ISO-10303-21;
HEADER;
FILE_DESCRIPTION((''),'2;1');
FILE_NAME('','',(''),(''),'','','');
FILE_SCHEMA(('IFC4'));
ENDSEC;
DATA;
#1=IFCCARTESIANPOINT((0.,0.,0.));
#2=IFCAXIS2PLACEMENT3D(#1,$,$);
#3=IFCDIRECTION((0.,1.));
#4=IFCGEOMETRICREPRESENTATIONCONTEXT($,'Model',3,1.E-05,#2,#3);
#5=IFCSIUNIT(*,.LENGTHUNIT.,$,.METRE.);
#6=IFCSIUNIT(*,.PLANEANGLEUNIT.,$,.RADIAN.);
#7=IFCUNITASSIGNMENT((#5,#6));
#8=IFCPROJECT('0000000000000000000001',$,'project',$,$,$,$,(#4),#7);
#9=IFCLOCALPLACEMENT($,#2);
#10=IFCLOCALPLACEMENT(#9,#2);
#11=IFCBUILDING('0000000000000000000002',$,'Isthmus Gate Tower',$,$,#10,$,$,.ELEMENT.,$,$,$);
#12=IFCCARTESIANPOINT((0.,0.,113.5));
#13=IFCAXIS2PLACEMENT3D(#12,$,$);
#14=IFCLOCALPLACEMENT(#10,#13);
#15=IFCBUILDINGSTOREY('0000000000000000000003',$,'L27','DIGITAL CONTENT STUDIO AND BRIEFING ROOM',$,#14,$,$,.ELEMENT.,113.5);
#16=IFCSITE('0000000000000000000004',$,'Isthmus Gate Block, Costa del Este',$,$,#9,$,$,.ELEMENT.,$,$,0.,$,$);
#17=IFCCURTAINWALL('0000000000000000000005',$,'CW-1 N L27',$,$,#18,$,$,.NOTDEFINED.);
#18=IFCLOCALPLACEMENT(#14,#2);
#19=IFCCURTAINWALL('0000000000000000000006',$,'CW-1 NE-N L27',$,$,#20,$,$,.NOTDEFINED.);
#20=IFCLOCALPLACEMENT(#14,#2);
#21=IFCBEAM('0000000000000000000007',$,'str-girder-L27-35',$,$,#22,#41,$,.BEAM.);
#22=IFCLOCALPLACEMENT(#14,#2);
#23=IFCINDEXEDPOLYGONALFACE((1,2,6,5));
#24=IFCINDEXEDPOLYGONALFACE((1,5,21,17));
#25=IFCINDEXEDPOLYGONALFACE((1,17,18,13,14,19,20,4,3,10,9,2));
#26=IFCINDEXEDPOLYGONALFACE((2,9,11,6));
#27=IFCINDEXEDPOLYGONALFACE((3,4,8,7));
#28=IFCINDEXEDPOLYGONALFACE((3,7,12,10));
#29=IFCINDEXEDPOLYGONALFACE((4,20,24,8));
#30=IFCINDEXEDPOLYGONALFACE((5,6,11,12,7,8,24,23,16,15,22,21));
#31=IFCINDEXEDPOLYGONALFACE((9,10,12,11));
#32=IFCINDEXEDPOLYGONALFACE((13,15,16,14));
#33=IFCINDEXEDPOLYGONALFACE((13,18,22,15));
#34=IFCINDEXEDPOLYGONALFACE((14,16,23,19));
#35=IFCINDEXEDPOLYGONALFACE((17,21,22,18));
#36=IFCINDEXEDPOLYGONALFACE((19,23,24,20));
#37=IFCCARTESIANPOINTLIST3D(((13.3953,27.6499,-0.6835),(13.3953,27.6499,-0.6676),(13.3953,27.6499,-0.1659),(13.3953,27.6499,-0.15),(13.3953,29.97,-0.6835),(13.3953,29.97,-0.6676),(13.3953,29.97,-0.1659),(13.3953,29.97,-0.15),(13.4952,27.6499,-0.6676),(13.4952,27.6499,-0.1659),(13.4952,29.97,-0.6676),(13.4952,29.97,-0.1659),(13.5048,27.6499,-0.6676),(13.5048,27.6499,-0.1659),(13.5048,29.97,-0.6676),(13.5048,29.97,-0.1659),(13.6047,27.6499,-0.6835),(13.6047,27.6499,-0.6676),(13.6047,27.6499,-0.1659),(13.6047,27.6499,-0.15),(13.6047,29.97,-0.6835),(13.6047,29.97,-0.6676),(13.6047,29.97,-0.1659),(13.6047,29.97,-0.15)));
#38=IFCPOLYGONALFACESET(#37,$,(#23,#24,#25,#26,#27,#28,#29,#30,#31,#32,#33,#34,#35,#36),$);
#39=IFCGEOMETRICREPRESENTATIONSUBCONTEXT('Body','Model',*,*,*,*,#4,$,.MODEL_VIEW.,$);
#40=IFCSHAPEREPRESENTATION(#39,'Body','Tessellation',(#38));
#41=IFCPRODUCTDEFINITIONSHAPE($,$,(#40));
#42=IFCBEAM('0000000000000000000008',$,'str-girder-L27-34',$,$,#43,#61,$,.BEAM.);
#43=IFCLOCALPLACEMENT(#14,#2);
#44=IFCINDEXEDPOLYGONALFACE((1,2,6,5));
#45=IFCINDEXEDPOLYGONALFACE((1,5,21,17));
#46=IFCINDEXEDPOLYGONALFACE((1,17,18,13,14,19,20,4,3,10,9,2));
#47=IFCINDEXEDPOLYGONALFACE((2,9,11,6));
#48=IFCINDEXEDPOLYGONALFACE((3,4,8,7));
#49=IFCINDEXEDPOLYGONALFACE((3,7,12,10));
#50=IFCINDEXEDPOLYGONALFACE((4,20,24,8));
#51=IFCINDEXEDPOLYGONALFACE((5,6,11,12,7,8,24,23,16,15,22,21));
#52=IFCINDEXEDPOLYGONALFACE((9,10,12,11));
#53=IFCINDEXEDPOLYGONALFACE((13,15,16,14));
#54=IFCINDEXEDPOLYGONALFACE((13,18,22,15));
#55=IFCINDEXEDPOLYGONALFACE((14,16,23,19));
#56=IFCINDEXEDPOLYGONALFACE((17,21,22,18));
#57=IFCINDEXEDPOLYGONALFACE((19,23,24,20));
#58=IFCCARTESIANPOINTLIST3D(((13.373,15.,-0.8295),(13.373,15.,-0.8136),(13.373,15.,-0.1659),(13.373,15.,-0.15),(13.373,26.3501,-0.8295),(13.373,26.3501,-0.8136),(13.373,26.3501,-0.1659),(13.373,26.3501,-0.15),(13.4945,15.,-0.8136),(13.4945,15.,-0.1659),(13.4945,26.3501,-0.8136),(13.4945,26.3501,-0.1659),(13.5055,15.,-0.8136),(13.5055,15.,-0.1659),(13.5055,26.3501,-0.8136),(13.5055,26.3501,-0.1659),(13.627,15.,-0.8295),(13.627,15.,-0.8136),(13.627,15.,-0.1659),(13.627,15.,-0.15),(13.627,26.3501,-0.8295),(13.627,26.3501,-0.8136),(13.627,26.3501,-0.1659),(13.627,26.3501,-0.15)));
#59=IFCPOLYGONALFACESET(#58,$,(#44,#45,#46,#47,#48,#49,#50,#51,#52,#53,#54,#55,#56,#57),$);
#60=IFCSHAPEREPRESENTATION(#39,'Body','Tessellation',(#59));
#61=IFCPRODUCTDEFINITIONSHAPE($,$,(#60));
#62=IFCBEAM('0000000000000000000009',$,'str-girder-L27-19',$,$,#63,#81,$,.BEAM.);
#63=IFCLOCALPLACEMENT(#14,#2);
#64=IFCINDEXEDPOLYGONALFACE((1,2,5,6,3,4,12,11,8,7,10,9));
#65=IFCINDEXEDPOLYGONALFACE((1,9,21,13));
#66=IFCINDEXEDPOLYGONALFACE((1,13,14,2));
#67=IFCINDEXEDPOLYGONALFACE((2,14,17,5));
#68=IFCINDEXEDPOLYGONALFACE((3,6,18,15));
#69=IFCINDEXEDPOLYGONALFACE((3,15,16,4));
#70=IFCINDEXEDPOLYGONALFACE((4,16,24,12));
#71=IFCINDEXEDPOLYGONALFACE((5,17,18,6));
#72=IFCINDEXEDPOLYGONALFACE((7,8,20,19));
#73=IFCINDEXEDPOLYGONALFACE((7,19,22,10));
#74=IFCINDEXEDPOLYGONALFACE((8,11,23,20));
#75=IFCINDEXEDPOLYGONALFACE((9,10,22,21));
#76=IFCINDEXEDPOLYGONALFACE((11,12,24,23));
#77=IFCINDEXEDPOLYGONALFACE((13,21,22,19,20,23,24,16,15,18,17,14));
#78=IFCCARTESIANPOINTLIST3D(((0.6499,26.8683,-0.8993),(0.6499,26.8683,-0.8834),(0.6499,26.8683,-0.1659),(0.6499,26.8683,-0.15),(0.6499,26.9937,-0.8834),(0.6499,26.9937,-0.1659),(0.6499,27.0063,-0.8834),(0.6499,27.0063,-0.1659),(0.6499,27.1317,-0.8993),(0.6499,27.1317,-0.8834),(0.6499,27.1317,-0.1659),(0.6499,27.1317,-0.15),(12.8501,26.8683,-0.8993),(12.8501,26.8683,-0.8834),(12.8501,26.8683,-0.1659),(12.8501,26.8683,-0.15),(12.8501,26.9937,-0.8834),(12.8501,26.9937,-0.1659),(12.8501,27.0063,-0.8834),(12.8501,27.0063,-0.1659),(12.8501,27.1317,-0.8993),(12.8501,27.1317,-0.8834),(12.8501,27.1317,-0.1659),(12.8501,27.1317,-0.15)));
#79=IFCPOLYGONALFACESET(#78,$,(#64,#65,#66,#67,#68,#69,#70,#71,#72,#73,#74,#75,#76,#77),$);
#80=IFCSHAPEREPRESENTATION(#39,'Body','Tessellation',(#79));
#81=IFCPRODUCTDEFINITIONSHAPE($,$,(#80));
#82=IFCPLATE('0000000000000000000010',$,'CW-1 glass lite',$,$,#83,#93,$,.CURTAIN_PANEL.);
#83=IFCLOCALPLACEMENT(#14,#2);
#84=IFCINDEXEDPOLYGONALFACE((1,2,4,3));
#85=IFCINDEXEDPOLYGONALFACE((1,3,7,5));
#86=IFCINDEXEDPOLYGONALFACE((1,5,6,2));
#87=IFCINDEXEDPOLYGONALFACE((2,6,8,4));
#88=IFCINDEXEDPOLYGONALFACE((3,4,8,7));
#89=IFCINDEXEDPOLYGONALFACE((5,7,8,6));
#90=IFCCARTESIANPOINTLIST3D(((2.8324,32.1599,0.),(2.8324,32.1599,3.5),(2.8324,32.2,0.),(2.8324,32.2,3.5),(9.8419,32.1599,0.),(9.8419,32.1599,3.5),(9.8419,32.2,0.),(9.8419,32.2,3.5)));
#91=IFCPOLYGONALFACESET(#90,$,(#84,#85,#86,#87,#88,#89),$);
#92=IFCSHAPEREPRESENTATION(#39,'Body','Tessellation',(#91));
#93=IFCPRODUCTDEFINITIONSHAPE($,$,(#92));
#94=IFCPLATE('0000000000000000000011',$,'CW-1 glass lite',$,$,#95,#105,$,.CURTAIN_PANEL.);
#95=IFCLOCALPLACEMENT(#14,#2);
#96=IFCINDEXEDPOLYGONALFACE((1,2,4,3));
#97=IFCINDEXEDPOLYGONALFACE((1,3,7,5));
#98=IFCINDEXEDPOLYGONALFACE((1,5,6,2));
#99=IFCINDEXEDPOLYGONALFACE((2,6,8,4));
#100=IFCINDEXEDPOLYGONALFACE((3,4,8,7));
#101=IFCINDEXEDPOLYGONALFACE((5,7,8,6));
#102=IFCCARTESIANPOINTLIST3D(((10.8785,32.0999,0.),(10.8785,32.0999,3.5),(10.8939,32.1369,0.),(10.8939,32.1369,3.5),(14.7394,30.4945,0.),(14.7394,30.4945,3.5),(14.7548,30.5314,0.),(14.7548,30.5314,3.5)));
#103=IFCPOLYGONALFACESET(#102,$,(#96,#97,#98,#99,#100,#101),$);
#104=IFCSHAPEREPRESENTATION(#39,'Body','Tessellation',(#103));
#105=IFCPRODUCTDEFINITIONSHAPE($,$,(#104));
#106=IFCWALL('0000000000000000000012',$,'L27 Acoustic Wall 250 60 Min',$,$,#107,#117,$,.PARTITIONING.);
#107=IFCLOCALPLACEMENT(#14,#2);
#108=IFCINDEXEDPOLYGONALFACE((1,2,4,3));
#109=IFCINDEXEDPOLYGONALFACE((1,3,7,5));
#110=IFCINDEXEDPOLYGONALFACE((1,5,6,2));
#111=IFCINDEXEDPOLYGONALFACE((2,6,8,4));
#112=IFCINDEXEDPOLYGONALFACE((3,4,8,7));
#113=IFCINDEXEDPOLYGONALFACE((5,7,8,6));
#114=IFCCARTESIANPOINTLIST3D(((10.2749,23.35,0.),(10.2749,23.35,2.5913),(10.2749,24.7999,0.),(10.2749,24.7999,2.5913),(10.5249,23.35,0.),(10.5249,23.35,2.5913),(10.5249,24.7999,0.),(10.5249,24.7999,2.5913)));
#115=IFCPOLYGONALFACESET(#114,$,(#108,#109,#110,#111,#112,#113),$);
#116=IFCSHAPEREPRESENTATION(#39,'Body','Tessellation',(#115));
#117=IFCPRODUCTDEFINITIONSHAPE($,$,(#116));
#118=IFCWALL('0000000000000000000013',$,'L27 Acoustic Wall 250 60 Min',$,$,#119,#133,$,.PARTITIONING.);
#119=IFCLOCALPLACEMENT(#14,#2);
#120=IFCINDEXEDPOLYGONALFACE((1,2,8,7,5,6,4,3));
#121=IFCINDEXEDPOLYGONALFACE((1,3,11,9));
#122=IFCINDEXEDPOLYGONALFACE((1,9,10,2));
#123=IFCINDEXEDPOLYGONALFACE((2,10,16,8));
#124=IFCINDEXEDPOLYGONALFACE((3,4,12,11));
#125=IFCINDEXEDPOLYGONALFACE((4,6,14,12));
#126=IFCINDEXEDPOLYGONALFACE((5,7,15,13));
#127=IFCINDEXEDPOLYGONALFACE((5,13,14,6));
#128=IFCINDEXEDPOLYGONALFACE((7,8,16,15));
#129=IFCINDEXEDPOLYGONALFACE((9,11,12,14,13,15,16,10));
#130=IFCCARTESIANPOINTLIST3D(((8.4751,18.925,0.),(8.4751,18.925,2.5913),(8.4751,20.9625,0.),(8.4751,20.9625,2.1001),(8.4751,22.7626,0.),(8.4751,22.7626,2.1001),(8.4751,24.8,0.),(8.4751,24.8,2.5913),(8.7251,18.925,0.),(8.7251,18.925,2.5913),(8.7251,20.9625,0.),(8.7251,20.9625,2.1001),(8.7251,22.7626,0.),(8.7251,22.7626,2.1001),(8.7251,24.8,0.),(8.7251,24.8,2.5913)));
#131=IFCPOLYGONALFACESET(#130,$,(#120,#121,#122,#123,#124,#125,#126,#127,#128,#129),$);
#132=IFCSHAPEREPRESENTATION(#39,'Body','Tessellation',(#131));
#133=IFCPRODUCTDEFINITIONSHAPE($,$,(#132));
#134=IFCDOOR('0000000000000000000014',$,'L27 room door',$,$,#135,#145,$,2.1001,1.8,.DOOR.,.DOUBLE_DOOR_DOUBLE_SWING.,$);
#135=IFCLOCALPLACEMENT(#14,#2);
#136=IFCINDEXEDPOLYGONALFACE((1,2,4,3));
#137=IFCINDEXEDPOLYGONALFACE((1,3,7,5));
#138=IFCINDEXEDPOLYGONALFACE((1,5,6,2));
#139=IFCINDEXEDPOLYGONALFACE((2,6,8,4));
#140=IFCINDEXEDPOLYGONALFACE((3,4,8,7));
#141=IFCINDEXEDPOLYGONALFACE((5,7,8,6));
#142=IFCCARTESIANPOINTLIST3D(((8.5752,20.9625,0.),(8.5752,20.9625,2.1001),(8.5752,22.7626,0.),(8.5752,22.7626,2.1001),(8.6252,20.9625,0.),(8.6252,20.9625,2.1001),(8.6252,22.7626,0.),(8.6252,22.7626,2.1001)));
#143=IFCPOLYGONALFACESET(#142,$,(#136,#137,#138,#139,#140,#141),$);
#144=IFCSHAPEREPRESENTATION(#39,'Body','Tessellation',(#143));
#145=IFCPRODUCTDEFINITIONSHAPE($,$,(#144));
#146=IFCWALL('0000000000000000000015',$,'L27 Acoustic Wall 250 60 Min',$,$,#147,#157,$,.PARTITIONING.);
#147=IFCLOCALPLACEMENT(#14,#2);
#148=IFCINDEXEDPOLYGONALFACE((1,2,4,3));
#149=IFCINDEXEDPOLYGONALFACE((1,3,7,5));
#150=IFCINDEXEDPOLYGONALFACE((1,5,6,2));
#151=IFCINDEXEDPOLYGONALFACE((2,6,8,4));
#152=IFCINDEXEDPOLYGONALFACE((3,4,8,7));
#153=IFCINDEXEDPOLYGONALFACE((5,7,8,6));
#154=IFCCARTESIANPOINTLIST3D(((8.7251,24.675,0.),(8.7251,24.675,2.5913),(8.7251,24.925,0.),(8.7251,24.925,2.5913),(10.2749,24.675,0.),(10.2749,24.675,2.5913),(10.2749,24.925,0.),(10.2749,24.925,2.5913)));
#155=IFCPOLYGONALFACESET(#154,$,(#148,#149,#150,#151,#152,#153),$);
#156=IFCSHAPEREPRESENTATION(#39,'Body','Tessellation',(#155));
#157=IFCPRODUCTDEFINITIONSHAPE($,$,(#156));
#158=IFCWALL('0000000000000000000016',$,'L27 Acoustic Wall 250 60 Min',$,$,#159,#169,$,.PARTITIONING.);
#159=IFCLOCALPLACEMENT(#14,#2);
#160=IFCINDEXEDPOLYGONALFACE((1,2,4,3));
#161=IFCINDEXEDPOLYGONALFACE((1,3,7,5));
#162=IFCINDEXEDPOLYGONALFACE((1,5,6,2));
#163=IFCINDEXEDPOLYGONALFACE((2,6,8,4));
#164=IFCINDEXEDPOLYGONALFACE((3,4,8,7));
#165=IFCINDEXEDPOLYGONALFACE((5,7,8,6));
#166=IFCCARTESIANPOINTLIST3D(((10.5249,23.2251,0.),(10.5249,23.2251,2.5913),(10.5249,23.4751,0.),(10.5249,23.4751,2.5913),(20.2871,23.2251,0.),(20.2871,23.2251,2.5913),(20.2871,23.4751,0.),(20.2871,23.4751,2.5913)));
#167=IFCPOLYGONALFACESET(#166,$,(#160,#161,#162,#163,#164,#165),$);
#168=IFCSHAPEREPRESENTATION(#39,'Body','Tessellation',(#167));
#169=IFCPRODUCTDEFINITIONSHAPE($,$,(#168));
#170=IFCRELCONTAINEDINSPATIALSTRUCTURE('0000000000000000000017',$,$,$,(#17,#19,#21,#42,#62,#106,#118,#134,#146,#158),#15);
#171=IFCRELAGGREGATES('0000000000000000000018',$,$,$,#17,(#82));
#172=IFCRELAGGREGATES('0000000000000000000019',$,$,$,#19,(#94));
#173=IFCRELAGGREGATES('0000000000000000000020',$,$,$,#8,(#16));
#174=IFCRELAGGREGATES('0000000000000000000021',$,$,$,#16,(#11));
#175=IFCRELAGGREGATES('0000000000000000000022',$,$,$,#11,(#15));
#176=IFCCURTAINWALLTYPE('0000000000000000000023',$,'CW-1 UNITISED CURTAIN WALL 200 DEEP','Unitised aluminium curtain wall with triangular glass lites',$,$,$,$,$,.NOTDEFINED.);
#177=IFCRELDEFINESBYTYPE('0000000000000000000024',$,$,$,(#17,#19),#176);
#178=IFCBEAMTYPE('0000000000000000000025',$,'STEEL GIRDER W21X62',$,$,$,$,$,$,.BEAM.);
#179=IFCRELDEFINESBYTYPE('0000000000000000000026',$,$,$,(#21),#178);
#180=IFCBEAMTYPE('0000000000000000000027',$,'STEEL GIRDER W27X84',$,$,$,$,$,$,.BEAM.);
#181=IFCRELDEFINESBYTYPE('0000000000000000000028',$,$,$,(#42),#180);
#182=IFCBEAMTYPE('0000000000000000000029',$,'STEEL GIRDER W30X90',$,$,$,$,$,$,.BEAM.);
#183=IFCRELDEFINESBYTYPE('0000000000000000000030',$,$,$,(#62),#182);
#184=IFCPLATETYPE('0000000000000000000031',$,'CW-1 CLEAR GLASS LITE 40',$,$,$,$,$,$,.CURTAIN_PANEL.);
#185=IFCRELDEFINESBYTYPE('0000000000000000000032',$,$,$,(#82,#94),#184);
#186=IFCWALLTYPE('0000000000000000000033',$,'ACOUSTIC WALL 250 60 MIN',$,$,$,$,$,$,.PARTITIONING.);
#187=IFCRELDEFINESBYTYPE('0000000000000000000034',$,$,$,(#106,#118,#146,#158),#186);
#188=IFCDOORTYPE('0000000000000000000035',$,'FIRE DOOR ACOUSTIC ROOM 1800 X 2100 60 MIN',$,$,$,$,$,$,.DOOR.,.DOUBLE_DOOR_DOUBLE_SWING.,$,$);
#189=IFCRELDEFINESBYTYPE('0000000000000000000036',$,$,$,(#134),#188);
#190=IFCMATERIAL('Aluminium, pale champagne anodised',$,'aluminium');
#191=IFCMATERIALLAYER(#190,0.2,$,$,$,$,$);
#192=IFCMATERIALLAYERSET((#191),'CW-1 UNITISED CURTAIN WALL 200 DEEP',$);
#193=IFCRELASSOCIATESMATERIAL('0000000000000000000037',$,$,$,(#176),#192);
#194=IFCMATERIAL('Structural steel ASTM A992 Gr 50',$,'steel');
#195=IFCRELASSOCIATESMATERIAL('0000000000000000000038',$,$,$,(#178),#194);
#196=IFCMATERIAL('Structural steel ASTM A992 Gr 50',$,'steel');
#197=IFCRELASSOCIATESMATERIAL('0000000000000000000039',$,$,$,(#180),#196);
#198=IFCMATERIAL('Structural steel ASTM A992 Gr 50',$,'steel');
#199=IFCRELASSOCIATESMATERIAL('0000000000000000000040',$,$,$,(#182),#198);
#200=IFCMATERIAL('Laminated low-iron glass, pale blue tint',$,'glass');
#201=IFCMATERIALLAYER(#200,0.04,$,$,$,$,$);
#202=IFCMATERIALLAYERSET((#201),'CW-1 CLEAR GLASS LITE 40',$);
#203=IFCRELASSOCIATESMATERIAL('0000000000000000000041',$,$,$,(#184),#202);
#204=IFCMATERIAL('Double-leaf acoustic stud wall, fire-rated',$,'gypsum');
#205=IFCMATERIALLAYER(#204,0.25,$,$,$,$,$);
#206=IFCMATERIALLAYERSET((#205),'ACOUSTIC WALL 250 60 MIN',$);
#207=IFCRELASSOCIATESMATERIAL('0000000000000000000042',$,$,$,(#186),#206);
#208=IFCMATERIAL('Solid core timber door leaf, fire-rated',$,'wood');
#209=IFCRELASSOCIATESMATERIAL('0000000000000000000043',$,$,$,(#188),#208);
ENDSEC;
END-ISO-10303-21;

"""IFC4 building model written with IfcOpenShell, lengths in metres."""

from ifc_helpers import new_model, si_unit, direction, frame, frame_2d, origin, origin_2d, place, context, subcontext, project, spatial, rectangle, i_section, extrude, material, layer, layer_set, material_profile, profile_set, type_object, element, fill, aggregate, save


model = new_model("IFC4")

# Units and contexts
model_context = context("Model", 3, precision=1e-05, world=origin(), true_north=direction((0.0, 1.0)))
body_context = subcontext(model_context, "Body", "Model", "MODEL_VIEW")
ifc_project = project(units=[si_unit("LENGTHUNIT", "METRE"), si_unit("PLANEANGLEUNIT", "RADIAN")], contexts=[model_context])

# Site, building, storey
site_placement = place(None, origin())
site = spatial("IfcSite", under=ifc_project, at=site_placement, Name="Isthmus Gate Block, Costa del Este", CompositionType="ELEMENT", RefElevation=0.0)
building_placement = place(site_placement, origin())
building = spatial("IfcBuilding", under=site, at=building_placement, Name="Isthmus Gate Tower", CompositionType="ELEMENT")
storey_placement = place(building_placement, frame((0.0, 0.0, 113.5)))
storey = spatial("IfcBuildingStorey", under=building, at=storey_placement, Name="L27", Description="DIGITAL CONTENT STUDIO AND BRIEFING ROOM", CompositionType="ELEMENT", Elevation=113.5)

# Curtain walls
ifc_material_1 = material(Name="Aluminium, pale champagne anodised", Category="aluminium")
ifc_layer_1 = layer(ifc_material_1, 0.2)
ifc_layer_set_1 = layer_set([ifc_layer_1], Name="CW-1 UNITISED CURTAIN WALL 200 DEEP")
curtain_wall_type = type_object("IfcCurtainWallType", Name="CW-1 UNITISED CURTAIN WALL 200 DEEP", Description="Unitised aluminium curtain wall with triangular glass lites", PredefinedType="NOTDEFINED", material=ifc_layer_set_1)
curtain_wall_1_placement = place(storey_placement, origin())
curtain_wall_1 = element("IfcCurtainWall", 1, at=curtain_wall_1_placement, inside=storey, type_object=curtain_wall_type, Name="CW-1 N L27", PredefinedType="NOTDEFINED")
curtain_wall_2_placement = place(storey_placement, origin())
curtain_wall_2 = element("IfcCurtainWall", 2, at=curtain_wall_2_placement, inside=storey, type_object=curtain_wall_type, Name="CW-1 NE-N L27", PredefinedType="NOTDEFINED")

# Beams
ifc_material_2 = material(Name="Structural steel ASTM A992 Gr 50", Category="steel")
ifc_material_profile_1 = material_profile(ifc_material_2, i_section(OverallWidth=0.2095, OverallDepth=0.5334, WebThickness=0.0095, FlangeThickness=0.0159, at=origin_2d()), Name="W21X62")
ifc_profile_set_1 = profile_set([ifc_material_profile_1], Name="Structural steel ASTM A992 Gr 50")
beam_type_1 = type_object("IfcBeamType", Name="STEEL GIRDER W21X62", PredefinedType="BEAM", material=ifc_profile_set_1)
beam_1_placement = place(storey_placement, frame((13.5, 27.6499, -0.4167), z_axis=(0.0, 1.0, 0.0), x_axis=(-1.0, 0.0, 0.0)))
element("IfcBeam", 3, at=beam_1_placement, inside=storey, type_object=beam_type_1, Name="str-girder-L27-35", PredefinedType="BEAM", context=body_context, shape_type="SweptSolid", body=[
    extrude(i_section(OverallWidth=0.2095, OverallDepth=0.5334, WebThickness=0.0095, FlangeThickness=0.0159, at=origin_2d()), origin(), (0.0, 0.0, 1.0), 2.3201),
])
ifc_material_3 = material(Name="Structural steel ASTM A992 Gr 50", Category="steel")
ifc_material_profile_2 = material_profile(ifc_material_3, i_section(OverallWidth=0.2539, OverallDepth=0.6794, WebThickness=0.011, FlangeThickness=0.0159, at=origin_2d()), Name="W27X84")
ifc_profile_set_2 = profile_set([ifc_material_profile_2], Name="Structural steel ASTM A992 Gr 50")
beam_type_2 = type_object("IfcBeamType", Name="STEEL GIRDER W27X84", PredefinedType="BEAM", material=ifc_profile_set_2)
beam_2_placement = place(storey_placement, frame((13.5, 15.0, -0.4897), z_axis=(0.0, 1.0, 0.0), x_axis=(-1.0, 0.0, 0.0)))
element("IfcBeam", 4, at=beam_2_placement, inside=storey, type_object=beam_type_2, Name="str-girder-L27-34", PredefinedType="BEAM", context=body_context, shape_type="SweptSolid", body=[
    extrude(i_section(OverallWidth=0.2539, OverallDepth=0.6794, WebThickness=0.011, FlangeThickness=0.0159, at=origin_2d()), origin(), (0.0, 0.0, 1.0), 11.3501),
])
ifc_material_4 = material(Name="Structural steel ASTM A992 Gr 50", Category="steel")
ifc_material_profile_3 = material_profile(ifc_material_4, i_section(OverallWidth=0.2634, OverallDepth=0.7493, WebThickness=0.0127, FlangeThickness=0.0159, at=origin_2d()), Name="W30X90")
ifc_profile_set_3 = profile_set([ifc_material_profile_3], Name="Structural steel ASTM A992 Gr 50")
beam_type_3 = type_object("IfcBeamType", Name="STEEL GIRDER W30X90", PredefinedType="BEAM", material=ifc_profile_set_3)
beam_3_placement = place(storey_placement, frame((0.6499, 27.0, -0.5247), z_axis=(1.0, 0.0, 0.0), x_axis=(0.0, 1.0, 0.0)))
element("IfcBeam", 5, at=beam_3_placement, inside=storey, type_object=beam_type_3, Name="str-girder-L27-19", PredefinedType="BEAM", context=body_context, shape_type="SweptSolid", body=[
    extrude(i_section(OverallWidth=0.2634, OverallDepth=0.7493, WebThickness=0.0127, FlangeThickness=0.0159, at=origin_2d()), origin(), (0.0, 0.0, 1.0), 12.2002),
])

# Plates
ifc_material_5 = material(Name="Laminated low-iron glass, pale blue tint", Category="glass")
ifc_layer_2 = layer(ifc_material_5, 0.04)
ifc_layer_set_2 = layer_set([ifc_layer_2], Name="CW-1 CLEAR GLASS LITE 40")
plate_type = type_object("IfcPlateType", Name="CW-1 CLEAR GLASS LITE 40", PredefinedType="CURTAIN_PANEL", material=ifc_layer_set_2)
plate_1_placement = place(storey_placement, frame((6.3372, 32.1799, 0.0), z_axis=(0.0, 0.0, 1.0), x_axis=(-1.0, 0.0, 0.0)))
plate_1 = element("IfcPlate", 6, at=plate_1_placement, type_object=plate_type, Name="CW-1 glass lite", PredefinedType="CURTAIN_PANEL", context=body_context, shape_type="SweptSolid", body=[
    extrude(rectangle(XDim=7.0095, YDim=0.04, at=origin_2d()), origin(), (0.0, 0.0, 1.0), 3.5),
])
aggregate(curtain_wall_1, [plate_1])
plate_2_placement = place(storey_placement, frame((12.8167, 31.3157, 0.0), z_axis=(0.0, 0.0, 1.0), x_axis=(-0.923353, 0.383952, 0.0)))
plate_2 = element("IfcPlate", 7, at=plate_2_placement, type_object=plate_type, Name="CW-1 glass lite", PredefinedType="CURTAIN_PANEL", context=body_context, shape_type="SweptSolid", body=[
    extrude(rectangle(XDim=4.1814, YDim=0.04, at=origin_2d()), origin(), (0.0, 0.0, 1.0), 3.5),
])
aggregate(curtain_wall_2, [plate_2])

# Wall
ifc_material_6 = material(Name="Double-leaf acoustic stud wall, fire-rated", Category="gypsum")
ifc_layer_3 = layer(ifc_material_6, 0.25)
ifc_layer_set_3 = layer_set([ifc_layer_3], Name="ACOUSTIC WALL 250 60 MIN")
wall_type_1 = type_object("IfcWallType", Name="ACOUSTIC WALL 250 60 MIN", PredefinedType="PARTITIONING", material=ifc_layer_set_3)
wall_1_placement = place(storey_placement, frame((10.3999, 24.8, 0.0), z_axis=(0.0, 0.0, 1.0), x_axis=(0.0, -1.0, 0.0)))
element("IfcWall", 8, at=wall_1_placement, inside=storey, type_object=wall_type_1, Name="L27 Acoustic Wall 250 60 Min", PredefinedType="PARTITIONING", context=body_context, shape_type="SweptSolid", body=[
    extrude(rectangle(XDim=1.45, YDim=0.25, at=frame_2d((0.7251, 0.0))), origin(), (0.0, 0.0, 1.0), 2.5913),
])

# Wall, opening, door
wall_2_placement = place(storey_placement, frame((8.6001, 18.925, 0.0), z_axis=(0.0, 0.0, 1.0), x_axis=(0.0, 1.0, 0.0)))
wall_2 = element("IfcWall", 9, at=wall_2_placement, inside=storey, type_object=wall_type_1, Name="L27 Acoustic Wall 250 60 Min", PredefinedType="PARTITIONING", context=body_context, shape_type="SweptSolid", body=[
    extrude(rectangle(XDim=5.875, YDim=0.25, at=frame_2d((2.9375, 0.0))), origin(), (0.0, 0.0, 1.0), 2.5913),
])
opening_1_placement = place(wall_2_placement, frame((2.0376, 0.0, 0.0)))
opening_1 = element("IfcOpeningElement", 10, at=opening_1_placement, cuts=wall_2, PredefinedType="OPENING", context=body_context, shape_type="SweptSolid", body=[
    extrude(rectangle(XDim=1.8, YDim=2.1001, at=frame_2d((0.8999, 1.05))), frame((0.0, 0.135, 0.0), z_axis=(0.0, -1.0, 0.0), x_axis=(1.0, 0.0, 0.0)), (0.0, 0.0, 1.0), 0.27),
])
ifc_material_7 = material(Name="Solid core timber door leaf, fire-rated", Category="wood")
door_type_1 = type_object("IfcDoorType", Name="FIRE DOOR ACOUSTIC ROOM 1800 X 2100 60 MIN", OperationType="DOUBLE_DOOR_DOUBLE_SWING", PredefinedType="DOOR", material=ifc_material_7)
door_1_placement = place(opening_1_placement, origin())
door_1 = element("IfcDoor", 11, at=door_1_placement, inside=storey, type_object=door_type_1, Name="L27 room door", OperationType="DOUBLE_DOOR_DOUBLE_SWING", OverallHeight=2.1001, OverallWidth=1.8, PredefinedType="DOOR", context=body_context, shape_type="SweptSolid", body=[
    extrude(rectangle(XDim=1.8, YDim=2.1001, at=frame_2d((0.8999, 1.05))), frame((0.0, 0.0249, 0.0), z_axis=(0.0, -1.0, 0.0), x_axis=(1.0, 0.0, 0.0)), (0.0, 0.0, 1.0), 0.05),
])
fill(opening_1, door_1)

# Walls
wall_3_placement = place(storey_placement, frame((8.7251, 24.8, 0.0), z_axis=(0.0, 0.0, 1.0), x_axis=(1.0, 0.0, 0.0)))
element("IfcWall", 12, at=wall_3_placement, inside=storey, type_object=wall_type_1, Name="L27 Acoustic Wall 250 60 Min", PredefinedType="PARTITIONING", context=body_context, shape_type="SweptSolid", body=[
    extrude(rectangle(XDim=1.5498, YDim=0.25, at=frame_2d((0.7749, 0.0))), origin(), (0.0, 0.0, 1.0), 2.5913),
])
wall_4_placement = place(storey_placement, frame((10.5249, 23.3501, 0.0), z_axis=(0.0, 0.0, 1.0), x_axis=(1.0, 0.0, 0.0)))
element("IfcWall", 13, at=wall_4_placement, inside=storey, type_object=wall_type_1, Name="L27 Acoustic Wall 250 60 Min", PredefinedType="PARTITIONING", context=body_context, shape_type="SweptSolid", body=[
    extrude(rectangle(XDim=9.7622, YDim=0.25, at=frame_2d((4.8811, 0.0))), origin(), (0.0, 0.0, 1.0), 2.5913),
])

save(model, "model.ifc")
